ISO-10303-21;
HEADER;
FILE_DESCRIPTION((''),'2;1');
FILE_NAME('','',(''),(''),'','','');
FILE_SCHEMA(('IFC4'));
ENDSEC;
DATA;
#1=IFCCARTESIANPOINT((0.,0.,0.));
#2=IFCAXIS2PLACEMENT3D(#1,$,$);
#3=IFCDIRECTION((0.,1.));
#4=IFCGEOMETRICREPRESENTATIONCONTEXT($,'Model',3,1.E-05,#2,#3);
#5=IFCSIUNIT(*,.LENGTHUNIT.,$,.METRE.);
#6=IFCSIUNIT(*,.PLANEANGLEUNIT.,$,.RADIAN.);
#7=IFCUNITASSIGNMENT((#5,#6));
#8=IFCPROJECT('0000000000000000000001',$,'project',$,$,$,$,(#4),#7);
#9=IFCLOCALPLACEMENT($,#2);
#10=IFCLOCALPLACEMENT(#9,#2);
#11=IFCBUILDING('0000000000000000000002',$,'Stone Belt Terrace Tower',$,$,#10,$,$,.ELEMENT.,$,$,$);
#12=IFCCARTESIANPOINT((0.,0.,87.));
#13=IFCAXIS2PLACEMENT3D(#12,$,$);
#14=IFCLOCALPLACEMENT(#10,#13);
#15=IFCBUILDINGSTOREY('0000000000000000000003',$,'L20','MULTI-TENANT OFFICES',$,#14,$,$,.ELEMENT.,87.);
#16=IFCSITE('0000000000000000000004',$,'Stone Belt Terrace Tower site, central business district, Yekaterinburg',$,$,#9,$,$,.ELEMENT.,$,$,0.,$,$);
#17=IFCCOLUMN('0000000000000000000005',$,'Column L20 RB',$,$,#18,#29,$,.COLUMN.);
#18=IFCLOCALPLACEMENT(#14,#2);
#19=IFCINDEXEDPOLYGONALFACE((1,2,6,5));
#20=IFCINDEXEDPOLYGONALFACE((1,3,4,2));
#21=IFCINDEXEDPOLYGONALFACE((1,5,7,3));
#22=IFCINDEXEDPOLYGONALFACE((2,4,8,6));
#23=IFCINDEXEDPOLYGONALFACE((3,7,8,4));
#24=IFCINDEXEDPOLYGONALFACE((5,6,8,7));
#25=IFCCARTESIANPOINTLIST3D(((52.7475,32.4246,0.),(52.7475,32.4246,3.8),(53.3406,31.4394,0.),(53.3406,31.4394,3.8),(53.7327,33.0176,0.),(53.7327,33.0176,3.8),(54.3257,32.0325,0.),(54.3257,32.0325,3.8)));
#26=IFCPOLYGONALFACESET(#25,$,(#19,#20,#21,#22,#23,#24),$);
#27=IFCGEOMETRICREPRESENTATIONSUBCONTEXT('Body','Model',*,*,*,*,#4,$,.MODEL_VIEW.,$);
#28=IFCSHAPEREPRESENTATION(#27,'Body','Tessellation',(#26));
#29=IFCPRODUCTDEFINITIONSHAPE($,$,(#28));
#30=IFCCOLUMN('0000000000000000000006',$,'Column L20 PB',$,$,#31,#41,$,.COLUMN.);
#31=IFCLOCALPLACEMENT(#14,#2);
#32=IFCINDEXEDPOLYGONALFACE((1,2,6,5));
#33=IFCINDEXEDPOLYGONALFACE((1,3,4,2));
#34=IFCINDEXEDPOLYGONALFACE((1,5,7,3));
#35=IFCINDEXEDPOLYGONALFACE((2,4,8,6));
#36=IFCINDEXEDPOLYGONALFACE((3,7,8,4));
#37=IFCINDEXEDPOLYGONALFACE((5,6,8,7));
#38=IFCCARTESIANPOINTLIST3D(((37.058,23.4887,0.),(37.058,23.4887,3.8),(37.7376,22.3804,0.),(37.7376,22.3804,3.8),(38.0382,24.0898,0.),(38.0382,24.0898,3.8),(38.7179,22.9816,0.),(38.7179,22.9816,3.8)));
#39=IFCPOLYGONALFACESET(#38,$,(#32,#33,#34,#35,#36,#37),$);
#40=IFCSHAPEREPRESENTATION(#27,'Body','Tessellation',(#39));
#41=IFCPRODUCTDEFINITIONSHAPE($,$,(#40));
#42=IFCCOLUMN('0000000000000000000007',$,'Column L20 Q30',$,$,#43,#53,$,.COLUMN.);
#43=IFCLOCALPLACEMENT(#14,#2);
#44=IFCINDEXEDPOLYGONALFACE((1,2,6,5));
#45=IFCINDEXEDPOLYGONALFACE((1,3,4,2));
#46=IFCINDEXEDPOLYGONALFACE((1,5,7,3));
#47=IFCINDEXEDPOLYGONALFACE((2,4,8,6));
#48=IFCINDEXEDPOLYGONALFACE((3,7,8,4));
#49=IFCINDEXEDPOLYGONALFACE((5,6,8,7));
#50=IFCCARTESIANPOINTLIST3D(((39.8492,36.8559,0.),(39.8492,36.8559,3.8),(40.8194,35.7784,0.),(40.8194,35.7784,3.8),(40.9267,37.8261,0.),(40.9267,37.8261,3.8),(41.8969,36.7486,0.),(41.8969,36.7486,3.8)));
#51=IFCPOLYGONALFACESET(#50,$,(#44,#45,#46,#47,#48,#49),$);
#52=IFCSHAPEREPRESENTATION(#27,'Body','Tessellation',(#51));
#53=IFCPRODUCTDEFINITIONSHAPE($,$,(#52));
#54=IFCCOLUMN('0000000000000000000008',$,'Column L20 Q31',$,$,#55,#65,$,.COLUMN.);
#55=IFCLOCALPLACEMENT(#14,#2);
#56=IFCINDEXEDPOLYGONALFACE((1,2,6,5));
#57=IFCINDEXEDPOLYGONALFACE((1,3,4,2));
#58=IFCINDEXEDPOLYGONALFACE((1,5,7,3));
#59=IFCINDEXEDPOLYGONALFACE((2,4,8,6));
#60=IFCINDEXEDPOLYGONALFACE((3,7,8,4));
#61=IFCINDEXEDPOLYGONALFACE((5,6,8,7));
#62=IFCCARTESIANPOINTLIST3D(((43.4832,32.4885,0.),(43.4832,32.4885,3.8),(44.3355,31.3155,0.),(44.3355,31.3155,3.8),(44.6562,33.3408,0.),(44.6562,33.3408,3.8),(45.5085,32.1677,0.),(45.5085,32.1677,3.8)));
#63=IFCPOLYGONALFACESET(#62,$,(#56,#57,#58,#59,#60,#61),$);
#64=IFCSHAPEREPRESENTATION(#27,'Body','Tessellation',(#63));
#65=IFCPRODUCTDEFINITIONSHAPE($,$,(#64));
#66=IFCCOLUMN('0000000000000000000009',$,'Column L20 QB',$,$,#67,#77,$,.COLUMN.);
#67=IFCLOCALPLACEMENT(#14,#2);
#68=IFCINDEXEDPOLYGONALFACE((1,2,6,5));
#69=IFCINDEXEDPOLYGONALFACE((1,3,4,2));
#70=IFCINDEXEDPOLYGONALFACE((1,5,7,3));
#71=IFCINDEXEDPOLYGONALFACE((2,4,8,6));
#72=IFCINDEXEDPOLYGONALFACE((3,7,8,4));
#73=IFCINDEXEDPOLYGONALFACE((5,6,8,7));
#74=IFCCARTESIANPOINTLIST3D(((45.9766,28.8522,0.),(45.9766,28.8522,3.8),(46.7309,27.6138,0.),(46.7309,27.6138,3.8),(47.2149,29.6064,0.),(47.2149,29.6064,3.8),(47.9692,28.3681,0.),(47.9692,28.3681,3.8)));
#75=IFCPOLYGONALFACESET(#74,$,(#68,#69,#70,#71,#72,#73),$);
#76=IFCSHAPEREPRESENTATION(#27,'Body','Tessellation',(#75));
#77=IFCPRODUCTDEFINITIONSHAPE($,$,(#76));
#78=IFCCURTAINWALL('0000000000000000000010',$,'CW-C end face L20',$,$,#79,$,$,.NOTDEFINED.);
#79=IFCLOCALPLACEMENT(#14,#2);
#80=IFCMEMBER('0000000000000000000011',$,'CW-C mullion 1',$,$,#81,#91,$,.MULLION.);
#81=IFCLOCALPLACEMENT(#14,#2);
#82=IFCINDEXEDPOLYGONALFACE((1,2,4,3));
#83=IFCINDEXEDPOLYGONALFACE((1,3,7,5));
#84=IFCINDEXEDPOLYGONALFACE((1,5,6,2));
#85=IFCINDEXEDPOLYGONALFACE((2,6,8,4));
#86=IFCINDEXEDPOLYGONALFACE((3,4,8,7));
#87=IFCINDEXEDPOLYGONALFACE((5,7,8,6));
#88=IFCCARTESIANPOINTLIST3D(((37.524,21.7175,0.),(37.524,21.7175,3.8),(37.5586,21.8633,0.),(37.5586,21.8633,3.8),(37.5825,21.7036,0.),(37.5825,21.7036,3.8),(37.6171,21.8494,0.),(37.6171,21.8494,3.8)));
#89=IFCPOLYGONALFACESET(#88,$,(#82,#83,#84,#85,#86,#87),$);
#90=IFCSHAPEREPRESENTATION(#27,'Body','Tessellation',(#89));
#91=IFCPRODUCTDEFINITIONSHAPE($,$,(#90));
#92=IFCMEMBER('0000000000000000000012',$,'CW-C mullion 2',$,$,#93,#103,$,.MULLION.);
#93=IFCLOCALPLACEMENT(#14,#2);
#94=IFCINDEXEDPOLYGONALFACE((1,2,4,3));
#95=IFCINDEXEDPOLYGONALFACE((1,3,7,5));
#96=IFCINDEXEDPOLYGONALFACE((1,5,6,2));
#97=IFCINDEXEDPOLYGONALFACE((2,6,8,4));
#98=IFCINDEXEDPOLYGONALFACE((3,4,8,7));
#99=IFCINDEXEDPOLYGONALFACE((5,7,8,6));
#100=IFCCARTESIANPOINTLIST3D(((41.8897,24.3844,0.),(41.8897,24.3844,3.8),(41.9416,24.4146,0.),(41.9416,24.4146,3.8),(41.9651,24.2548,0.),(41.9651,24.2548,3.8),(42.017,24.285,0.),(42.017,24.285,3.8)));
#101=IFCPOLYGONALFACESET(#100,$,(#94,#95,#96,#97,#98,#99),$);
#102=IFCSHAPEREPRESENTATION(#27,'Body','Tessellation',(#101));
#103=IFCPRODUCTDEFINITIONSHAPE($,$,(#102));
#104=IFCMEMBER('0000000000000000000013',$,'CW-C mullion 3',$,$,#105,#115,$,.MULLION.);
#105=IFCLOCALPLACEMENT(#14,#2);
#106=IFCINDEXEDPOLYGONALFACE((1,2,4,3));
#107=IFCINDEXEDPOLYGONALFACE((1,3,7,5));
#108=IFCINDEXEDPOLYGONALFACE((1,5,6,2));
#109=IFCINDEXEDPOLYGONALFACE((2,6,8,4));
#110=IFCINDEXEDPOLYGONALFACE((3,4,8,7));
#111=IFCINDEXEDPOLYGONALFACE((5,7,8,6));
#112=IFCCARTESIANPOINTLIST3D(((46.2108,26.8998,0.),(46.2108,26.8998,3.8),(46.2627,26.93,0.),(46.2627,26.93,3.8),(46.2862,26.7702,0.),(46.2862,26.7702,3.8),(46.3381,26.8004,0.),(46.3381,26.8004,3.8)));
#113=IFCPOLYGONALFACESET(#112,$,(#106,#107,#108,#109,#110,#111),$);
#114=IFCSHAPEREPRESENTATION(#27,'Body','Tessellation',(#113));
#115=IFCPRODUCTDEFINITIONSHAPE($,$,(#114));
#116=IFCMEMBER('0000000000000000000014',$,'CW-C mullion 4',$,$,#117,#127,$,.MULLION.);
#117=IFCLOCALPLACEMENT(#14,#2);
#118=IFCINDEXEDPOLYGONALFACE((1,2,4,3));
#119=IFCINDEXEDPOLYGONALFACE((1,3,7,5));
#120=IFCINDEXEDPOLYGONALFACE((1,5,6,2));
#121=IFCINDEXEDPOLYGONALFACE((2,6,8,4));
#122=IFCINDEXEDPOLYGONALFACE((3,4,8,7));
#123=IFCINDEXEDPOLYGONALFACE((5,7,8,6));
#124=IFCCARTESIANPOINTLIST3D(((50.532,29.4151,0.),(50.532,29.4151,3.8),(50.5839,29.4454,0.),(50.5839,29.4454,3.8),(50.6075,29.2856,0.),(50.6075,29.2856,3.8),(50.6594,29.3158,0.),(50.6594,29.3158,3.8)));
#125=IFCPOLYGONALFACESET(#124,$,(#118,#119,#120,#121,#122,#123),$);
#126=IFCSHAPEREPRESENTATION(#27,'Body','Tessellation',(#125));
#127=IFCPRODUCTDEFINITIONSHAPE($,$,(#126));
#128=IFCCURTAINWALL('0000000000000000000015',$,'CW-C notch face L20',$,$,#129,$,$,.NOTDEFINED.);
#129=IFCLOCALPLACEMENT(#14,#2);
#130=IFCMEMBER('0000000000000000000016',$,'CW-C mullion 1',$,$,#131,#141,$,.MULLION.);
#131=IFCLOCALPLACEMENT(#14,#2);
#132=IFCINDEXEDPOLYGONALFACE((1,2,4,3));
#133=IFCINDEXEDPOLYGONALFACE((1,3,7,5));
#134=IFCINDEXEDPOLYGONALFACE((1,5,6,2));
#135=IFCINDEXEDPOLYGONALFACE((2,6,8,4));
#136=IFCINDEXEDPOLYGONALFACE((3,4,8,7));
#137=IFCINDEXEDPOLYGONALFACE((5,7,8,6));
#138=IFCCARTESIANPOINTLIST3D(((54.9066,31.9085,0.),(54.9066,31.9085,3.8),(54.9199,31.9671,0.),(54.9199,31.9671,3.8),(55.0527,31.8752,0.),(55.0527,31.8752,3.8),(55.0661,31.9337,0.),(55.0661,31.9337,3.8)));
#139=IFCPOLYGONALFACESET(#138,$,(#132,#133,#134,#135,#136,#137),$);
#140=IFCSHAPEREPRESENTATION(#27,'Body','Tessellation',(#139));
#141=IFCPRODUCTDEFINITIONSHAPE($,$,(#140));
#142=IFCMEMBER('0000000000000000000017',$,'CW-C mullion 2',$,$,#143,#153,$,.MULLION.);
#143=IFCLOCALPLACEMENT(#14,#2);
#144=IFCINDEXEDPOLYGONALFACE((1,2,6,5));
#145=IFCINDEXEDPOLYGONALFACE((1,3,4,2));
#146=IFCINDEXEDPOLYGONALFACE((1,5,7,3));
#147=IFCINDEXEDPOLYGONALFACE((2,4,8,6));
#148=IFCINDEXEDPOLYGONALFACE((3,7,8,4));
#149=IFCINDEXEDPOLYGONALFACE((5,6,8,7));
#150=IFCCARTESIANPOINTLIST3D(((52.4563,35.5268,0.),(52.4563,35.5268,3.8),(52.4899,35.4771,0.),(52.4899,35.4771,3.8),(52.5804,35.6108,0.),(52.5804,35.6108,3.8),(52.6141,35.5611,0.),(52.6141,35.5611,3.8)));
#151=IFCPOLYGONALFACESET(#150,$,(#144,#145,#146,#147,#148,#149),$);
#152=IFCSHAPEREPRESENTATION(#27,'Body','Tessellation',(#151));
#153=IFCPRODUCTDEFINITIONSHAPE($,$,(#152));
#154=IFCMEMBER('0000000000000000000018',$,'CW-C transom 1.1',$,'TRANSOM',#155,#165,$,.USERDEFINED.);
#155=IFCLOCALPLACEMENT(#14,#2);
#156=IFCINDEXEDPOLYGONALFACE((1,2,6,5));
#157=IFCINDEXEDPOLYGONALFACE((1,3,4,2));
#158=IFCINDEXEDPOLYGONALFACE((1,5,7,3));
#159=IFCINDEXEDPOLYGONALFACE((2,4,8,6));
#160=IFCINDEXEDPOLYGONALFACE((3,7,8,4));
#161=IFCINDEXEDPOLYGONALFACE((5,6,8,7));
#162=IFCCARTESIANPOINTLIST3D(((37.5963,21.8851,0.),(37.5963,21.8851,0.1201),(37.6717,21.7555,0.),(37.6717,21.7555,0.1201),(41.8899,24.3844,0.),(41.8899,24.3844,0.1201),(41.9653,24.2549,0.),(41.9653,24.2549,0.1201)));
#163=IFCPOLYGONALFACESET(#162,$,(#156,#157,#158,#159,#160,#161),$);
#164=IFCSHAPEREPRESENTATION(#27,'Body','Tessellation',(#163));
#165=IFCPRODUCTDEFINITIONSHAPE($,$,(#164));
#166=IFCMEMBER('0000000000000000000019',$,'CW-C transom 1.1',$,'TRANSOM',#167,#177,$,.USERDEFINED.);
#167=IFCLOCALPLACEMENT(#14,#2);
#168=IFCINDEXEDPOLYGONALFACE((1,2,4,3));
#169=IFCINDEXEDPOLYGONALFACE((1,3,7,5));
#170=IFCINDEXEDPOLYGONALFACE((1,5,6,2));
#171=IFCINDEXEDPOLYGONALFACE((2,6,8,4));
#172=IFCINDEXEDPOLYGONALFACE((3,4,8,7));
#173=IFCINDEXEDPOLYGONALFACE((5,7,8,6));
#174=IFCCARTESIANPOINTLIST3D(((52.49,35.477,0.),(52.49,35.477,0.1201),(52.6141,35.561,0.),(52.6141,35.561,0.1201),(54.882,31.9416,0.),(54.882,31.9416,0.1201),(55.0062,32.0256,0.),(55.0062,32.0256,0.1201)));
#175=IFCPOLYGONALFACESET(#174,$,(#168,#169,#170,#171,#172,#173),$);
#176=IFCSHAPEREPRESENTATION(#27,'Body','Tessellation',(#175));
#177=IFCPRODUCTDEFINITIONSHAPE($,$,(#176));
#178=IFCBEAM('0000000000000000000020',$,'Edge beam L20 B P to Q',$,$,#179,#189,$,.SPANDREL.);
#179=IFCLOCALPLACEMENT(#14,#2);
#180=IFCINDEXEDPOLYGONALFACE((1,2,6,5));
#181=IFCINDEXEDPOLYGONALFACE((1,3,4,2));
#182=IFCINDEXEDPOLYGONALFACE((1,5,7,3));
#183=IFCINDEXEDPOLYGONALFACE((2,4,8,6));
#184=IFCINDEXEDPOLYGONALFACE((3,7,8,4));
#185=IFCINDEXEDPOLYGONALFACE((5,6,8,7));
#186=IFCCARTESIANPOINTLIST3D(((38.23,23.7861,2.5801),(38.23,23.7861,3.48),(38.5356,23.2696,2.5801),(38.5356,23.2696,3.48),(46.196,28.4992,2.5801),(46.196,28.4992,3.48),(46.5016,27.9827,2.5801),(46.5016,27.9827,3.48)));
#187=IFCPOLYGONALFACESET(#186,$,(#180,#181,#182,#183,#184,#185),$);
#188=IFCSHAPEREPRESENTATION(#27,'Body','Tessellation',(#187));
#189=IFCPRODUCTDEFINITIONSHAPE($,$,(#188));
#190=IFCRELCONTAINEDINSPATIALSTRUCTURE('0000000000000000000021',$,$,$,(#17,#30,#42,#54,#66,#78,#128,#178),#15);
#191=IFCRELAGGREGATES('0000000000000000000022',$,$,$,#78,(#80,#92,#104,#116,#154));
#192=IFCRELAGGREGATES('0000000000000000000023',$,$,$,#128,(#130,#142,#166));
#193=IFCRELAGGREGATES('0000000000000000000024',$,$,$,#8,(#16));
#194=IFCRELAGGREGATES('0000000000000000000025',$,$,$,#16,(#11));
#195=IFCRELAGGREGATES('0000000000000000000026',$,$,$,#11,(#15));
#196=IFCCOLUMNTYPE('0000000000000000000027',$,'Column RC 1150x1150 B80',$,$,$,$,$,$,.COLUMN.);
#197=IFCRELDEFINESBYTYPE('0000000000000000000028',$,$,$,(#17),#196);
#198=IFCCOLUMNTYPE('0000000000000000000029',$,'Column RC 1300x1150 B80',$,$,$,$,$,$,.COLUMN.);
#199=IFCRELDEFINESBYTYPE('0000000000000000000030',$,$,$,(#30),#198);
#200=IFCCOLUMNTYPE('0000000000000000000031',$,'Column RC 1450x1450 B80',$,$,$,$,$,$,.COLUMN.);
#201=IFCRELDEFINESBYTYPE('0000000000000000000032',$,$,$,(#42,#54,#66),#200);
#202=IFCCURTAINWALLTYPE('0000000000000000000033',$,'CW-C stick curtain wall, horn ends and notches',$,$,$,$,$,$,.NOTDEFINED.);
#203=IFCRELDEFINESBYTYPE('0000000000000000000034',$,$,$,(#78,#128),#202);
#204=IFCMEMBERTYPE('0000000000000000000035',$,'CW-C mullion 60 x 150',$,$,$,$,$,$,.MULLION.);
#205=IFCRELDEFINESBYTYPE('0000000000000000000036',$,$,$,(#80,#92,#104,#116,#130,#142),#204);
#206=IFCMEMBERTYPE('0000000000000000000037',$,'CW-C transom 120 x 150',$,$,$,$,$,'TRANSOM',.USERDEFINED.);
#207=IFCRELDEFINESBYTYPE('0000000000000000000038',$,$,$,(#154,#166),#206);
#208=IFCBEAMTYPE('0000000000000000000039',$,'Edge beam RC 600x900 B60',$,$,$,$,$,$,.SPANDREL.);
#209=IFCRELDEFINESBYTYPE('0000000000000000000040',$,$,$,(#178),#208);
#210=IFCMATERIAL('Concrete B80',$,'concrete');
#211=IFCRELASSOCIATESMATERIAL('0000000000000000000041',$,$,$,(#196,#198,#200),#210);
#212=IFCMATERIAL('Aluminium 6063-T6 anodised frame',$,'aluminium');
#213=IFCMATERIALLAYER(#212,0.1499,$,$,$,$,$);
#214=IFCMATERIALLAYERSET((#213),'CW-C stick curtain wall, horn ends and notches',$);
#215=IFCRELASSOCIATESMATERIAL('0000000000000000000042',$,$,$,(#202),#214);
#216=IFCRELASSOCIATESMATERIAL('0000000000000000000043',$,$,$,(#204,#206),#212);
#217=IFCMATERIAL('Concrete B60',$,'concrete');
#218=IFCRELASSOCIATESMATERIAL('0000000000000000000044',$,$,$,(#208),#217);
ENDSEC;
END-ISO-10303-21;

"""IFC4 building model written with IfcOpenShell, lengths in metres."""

from ifc_helpers import new_model, si_unit, direction, frame, origin, origin_2d, place, context, subcontext, project, spatial, rectangle, extrude, material, layer, layer_set, material_profile, profile_set, type_object, element, aggregate, save


model = new_model("IFC4")

# Units and contexts
model_context = context("Model", 3, precision=1e-05, world=origin(), true_north=direction((0.0, 1.0)))
body_context = subcontext(model_context, "Body", "Model", "MODEL_VIEW")
ifc_project = project(units=[si_unit("LENGTHUNIT", "METRE"), si_unit("PLANEANGLEUNIT", "RADIAN")], contexts=[model_context])

# Site, building, storey
site_placement = place(None, origin())
site = spatial("IfcSite", under=ifc_project, at=site_placement, Name="Stone Belt Terrace Tower site, central business district, Yekaterinburg", CompositionType="ELEMENT", RefElevation=0.0)
building_placement = place(site_placement, origin())
building = spatial("IfcBuilding", under=site, at=building_placement, Name="Stone Belt Terrace Tower", CompositionType="ELEMENT")
storey_placement = place(building_placement, frame((0.0, 0.0, 87.0)))
storey = spatial("IfcBuildingStorey", under=building, at=storey_placement, Name="L20", Description="MULTI-TENANT OFFICES", CompositionType="ELEMENT", Elevation=87.0)

# Columns
ifc_material_1 = material(Name="Concrete B80", Category="concrete")
ifc_material_profile_1 = material_profile(ifc_material_1, rectangle(XDim=1.1499, YDim=1.1499, at=origin_2d()), Name="RC 1150x1150")
ifc_profile_set_1 = profile_set([ifc_material_profile_1], Name="Concrete B80")
column_type_1 = type_object("IfcColumnType", Name="Column RC 1150x1150 B80", PredefinedType="COLUMN", material=ifc_profile_set_1)
column_1_placement = place(storey_placement, frame((53.5366, 32.2285, 0.0), z_axis=(0.0, 0.0, 1.0), x_axis=(0.51575, -0.856739, 0.0)))
element("IfcColumn", 1, at=column_1_placement, inside=storey, type_object=column_type_1, Name="Column L20 RB", PredefinedType="COLUMN", context=body_context, shape_type="SweptSolid", body=[
    extrude(rectangle(XDim=1.1499, YDim=1.1499, at=origin_2d()), origin(), (0.0, 0.0, 1.0), 3.8),
])
ifc_material_profile_2 = material_profile(ifc_material_1, rectangle(XDim=1.3, YDim=1.1499, at=origin_2d()), Name="RC 1300x1150")
ifc_profile_set_2 = profile_set([ifc_material_profile_2], Name="Concrete B80")
column_type_2 = type_object("IfcColumnType", Name="Column RC 1300x1150 B80", PredefinedType="COLUMN", material=ifc_profile_set_2)
column_2_placement = place(storey_placement, frame((37.8879, 23.2351, 0.0), z_axis=(0.0, 0.0, 1.0), x_axis=(0.522781, -0.852467, 0.0)))
element("IfcColumn", 2, at=column_2_placement, inside=storey, type_object=column_type_2, Name="Column L20 PB", PredefinedType="COLUMN", context=body_context, shape_type="SweptSolid", body=[
    extrude(rectangle(XDim=1.3, YDim=1.1499, at=origin_2d()), origin(), (0.0, 0.0, 1.0), 3.8),
])
ifc_material_profile_3 = material_profile(ifc_material_1, rectangle(XDim=1.45, YDim=1.45, at=origin_2d()), Name="RC 1450x1450")
ifc_profile_set_3 = profile_set([ifc_material_profile_3], Name="Concrete B80")
column_type_3 = type_object("IfcColumnType", Name="Column RC 1450x1450 B80", PredefinedType="COLUMN", material=ifc_profile_set_3)
for number, where, z_axis, x_axis, name in (
    (3, (40.873, 36.8022, 0.0), (0.0, 0.0, 1.0), (0.669131, -0.743145, 0.0), "Column L20 Q30"),
    (4, (44.4958, 32.3281, 0.0), (0.0, 0.0, 1.0), (0.587785, -0.809017, 0.0), "Column L20 Q31"),
    (5, (46.9729, 28.6101, 0.0), (0.0, 0.0, 1.0), (0.520186, -0.854053, 0.0), "Column L20 QB"),
):
    element("IfcColumn", number, at=place(storey_placement, frame(where, z_axis=z_axis, x_axis=x_axis)), inside=storey, type_object=column_type_3, Name=name, PredefinedType="COLUMN", context=body_context, shape_type="SweptSolid", body=[
        extrude(rectangle(XDim=1.45, YDim=1.45, at=origin_2d()), origin(), (0.0, 0.0, 1.0), 3.8),
    ])

# Curtain walls, members
ifc_material_2 = material(Name="Aluminium 6063-T6 anodised frame", Category="aluminium")
ifc_layer_1 = layer(ifc_material_2, 0.1499)
ifc_layer_set_1 = layer_set([ifc_layer_1], Name="CW-C stick curtain wall, horn ends and notches")
curtain_wall_type = type_object("IfcCurtainWallType", Name="CW-C stick curtain wall, horn ends and notches", PredefinedType="NOTDEFINED", material=ifc_layer_set_1)
curtain_wall_1_placement = place(storey_placement, origin())
curtain_wall_1 = element("IfcCurtainWall", 6, at=curtain_wall_1_placement, inside=storey, type_object=curtain_wall_type, Name="CW-C end face L20", PredefinedType="NOTDEFINED")
ifc_material_profile_4 = material_profile(ifc_material_2, rectangle(XDim=0.1499, YDim=0.0601, at=origin_2d()), Name="Aluminium 6063-T6 60x150")
ifc_profile_set_4 = profile_set([ifc_material_profile_4], Name="Aluminium 6063-T6 anodised frame")
member_type_1 = type_object("IfcMemberType", Name="CW-C mullion 60 x 150", PredefinedType="MULLION", material=ifc_profile_set_4)
member_1_placement = place(storey_placement, frame((37.5706, 21.7834, 0.0), z_axis=(0.0, 0.0, 1.0), x_axis=(0.230847, 0.97299, 0.0)))
member_1 = element("IfcMember", 7, at=member_1_placement, type_object=member_type_1, Name="CW-C mullion 1", PredefinedType="MULLION", context=body_context, shape_type="SweptSolid", body=[
    extrude(rectangle(XDim=0.1499, YDim=0.0601, at=origin_2d()), origin(), (0.0, 0.0, 1.0), 3.8),
])
member_2_placement = place(storey_placement, frame((41.9534, 24.3347, 0.0), z_axis=(0.0, 0.0, 1.0), x_axis=(-0.503081, 0.864239, 0.0)))
member_2 = element("IfcMember", 8, at=member_2_placement, type_object=member_type_1, Name="CW-C mullion 2", PredefinedType="MULLION", context=body_context, shape_type="SweptSolid", body=[
    extrude(rectangle(XDim=0.1499, YDim=0.0601, at=origin_2d()), origin(), (0.0, 0.0, 1.0), 3.8),
])
member_3_placement = place(storey_placement, frame((46.2744, 26.8501, 0.0), z_axis=(0.0, 0.0, 1.0), x_axis=(-0.503081, 0.864239, 0.0)))
member_3 = element("IfcMember", 9, at=member_3_placement, type_object=member_type_1, Name="CW-C mullion 3", PredefinedType="MULLION", context=body_context, shape_type="SweptSolid", body=[
    extrude(rectangle(XDim=0.1499, YDim=0.0601, at=origin_2d()), origin(), (0.0, 0.0, 1.0), 3.8),
])
member_4_placement = place(storey_placement, frame((50.5957, 29.3655, 0.0), z_axis=(0.0, 0.0, 1.0), x_axis=(-0.503081, 0.864239, 0.0)))
member_4 = element("IfcMember", 10, at=member_4_placement, type_object=member_type_1, Name="CW-C mullion 4", PredefinedType="MULLION", context=body_context, shape_type="SweptSolid", body=[
    extrude(rectangle(XDim=0.1499, YDim=0.0601, at=origin_2d()), origin(), (0.0, 0.0, 1.0), 3.8),
])
curtain_wall_2_placement = place(storey_placement, origin())
curtain_wall_2 = element("IfcCurtainWall", 11, at=curtain_wall_2_placement, inside=storey, type_object=curtain_wall_type, Name="CW-C notch face L20", PredefinedType="NOTDEFINED")
member_5_placement = place(storey_placement, frame((54.9863, 31.9211, 0.0), z_axis=(0.0, 0.0, 1.0), x_axis=(-0.974927, 0.222525, 0.0)))
member_5 = element("IfcMember", 12, at=member_5_placement, type_object=member_type_1, Name="CW-C mullion 1", PredefinedType="MULLION", context=body_context, shape_type="SweptSolid", body=[
    extrude(rectangle(XDim=0.1499, YDim=0.0601, at=origin_2d()), origin(), (0.0, 0.0, 1.0), 3.8),
])
member_6_placement = place(storey_placement, frame((52.5352, 35.5439, 0.0), z_axis=(0.0, 0.0, 1.0), x_axis=(-0.828244, -0.560367, 0.0)))
member_6 = element("IfcMember", 13, at=member_6_placement, type_object=member_type_1, Name="CW-C mullion 2", PredefinedType="MULLION", context=body_context, shape_type="SweptSolid", body=[
    extrude(rectangle(XDim=0.1499, YDim=0.0601, at=origin_2d()), origin(), (0.0, 0.0, 1.0), 3.8),
])

# Members
ifc_material_profile_5 = material_profile(ifc_material_2, rectangle(XDim=0.1499, YDim=0.1201, at=origin_2d()), Name="Aluminium 6063-T6 150x120")
ifc_profile_set_5 = profile_set([ifc_material_profile_5], Name="Aluminium 6063-T6 anodised frame")
member_type_2 = type_object("IfcMemberType", Name="CW-C transom 120 x 150", ElementType="TRANSOM", PredefinedType="USERDEFINED", material=ifc_profile_set_5)
member_7_placement = place(storey_placement, frame((37.634, 21.8203, 0.0601), z_axis=(0.864238, 0.503082, 0.0), x_axis=(-0.503082, 0.864238, 0.0)))
member_7 = element("IfcMember", 14, at=member_7_placement, type_object=member_type_2, Name="CW-C transom 1.1", ObjectType="TRANSOM", PredefinedType="USERDEFINED", context=body_context, shape_type="SweptSolid", body=[
    extrude(rectangle(XDim=0.1499, YDim=0.1201, at=origin_2d()), origin(), (0.0, 0.0, 1.0), 4.968),
])
member_8_placement = place(storey_placement, frame((54.9441, 31.9836, 0.0601), z_axis=(-0.560389, 0.82823, 0.0), x_axis=(-0.82823, -0.560389, 0.0)))
member_8 = element("IfcMember", 15, at=member_8_placement, type_object=member_type_2, Name="CW-C transom 1.1", ObjectType="TRANSOM", PredefinedType="USERDEFINED", context=body_context, shape_type="SweptSolid", body=[
    extrude(rectangle(XDim=0.1499, YDim=0.1201, at=origin_2d()), origin(), (0.0, 0.0, 1.0), 4.2686),
])

# Beam
ifc_material_3 = material(Name="Concrete B60", Category="concrete")
ifc_material_profile_6 = material_profile(ifc_material_3, rectangle(XDim=0.6001, YDim=0.8999, at=origin_2d()), Name="RC 600x900")
ifc_profile_set_6 = profile_set([ifc_material_profile_6], Name="Concrete B60")
beam_type = type_object("IfcBeamType", Name="Edge beam RC 600x900 B60", PredefinedType="SPANDREL", material=ifc_profile_set_6)
beam_1_placement = place(storey_placement, frame((38.3828, 23.5278, 3.03), z_axis=(0.860647, 0.509203, 0.0), x_axis=(-0.509203, 0.860647, 0.0)))
element("IfcBeam", 16, at=beam_1_placement, inside=storey, type_object=beam_type, Name="Edge beam L20 B P to Q", PredefinedType="SPANDREL", context=body_context, shape_type="SweptSolid", body=[
    extrude(rectangle(XDim=0.6001, YDim=0.8999, at=origin_2d()), origin(), (0.0, 0.0, 1.0), 9.2559),
])

aggregate(curtain_wall_1, [member_1, member_2, member_3, member_4, member_7])
aggregate(curtain_wall_2, [member_5, member_6, member_8])

save(model, "model.ifc")
